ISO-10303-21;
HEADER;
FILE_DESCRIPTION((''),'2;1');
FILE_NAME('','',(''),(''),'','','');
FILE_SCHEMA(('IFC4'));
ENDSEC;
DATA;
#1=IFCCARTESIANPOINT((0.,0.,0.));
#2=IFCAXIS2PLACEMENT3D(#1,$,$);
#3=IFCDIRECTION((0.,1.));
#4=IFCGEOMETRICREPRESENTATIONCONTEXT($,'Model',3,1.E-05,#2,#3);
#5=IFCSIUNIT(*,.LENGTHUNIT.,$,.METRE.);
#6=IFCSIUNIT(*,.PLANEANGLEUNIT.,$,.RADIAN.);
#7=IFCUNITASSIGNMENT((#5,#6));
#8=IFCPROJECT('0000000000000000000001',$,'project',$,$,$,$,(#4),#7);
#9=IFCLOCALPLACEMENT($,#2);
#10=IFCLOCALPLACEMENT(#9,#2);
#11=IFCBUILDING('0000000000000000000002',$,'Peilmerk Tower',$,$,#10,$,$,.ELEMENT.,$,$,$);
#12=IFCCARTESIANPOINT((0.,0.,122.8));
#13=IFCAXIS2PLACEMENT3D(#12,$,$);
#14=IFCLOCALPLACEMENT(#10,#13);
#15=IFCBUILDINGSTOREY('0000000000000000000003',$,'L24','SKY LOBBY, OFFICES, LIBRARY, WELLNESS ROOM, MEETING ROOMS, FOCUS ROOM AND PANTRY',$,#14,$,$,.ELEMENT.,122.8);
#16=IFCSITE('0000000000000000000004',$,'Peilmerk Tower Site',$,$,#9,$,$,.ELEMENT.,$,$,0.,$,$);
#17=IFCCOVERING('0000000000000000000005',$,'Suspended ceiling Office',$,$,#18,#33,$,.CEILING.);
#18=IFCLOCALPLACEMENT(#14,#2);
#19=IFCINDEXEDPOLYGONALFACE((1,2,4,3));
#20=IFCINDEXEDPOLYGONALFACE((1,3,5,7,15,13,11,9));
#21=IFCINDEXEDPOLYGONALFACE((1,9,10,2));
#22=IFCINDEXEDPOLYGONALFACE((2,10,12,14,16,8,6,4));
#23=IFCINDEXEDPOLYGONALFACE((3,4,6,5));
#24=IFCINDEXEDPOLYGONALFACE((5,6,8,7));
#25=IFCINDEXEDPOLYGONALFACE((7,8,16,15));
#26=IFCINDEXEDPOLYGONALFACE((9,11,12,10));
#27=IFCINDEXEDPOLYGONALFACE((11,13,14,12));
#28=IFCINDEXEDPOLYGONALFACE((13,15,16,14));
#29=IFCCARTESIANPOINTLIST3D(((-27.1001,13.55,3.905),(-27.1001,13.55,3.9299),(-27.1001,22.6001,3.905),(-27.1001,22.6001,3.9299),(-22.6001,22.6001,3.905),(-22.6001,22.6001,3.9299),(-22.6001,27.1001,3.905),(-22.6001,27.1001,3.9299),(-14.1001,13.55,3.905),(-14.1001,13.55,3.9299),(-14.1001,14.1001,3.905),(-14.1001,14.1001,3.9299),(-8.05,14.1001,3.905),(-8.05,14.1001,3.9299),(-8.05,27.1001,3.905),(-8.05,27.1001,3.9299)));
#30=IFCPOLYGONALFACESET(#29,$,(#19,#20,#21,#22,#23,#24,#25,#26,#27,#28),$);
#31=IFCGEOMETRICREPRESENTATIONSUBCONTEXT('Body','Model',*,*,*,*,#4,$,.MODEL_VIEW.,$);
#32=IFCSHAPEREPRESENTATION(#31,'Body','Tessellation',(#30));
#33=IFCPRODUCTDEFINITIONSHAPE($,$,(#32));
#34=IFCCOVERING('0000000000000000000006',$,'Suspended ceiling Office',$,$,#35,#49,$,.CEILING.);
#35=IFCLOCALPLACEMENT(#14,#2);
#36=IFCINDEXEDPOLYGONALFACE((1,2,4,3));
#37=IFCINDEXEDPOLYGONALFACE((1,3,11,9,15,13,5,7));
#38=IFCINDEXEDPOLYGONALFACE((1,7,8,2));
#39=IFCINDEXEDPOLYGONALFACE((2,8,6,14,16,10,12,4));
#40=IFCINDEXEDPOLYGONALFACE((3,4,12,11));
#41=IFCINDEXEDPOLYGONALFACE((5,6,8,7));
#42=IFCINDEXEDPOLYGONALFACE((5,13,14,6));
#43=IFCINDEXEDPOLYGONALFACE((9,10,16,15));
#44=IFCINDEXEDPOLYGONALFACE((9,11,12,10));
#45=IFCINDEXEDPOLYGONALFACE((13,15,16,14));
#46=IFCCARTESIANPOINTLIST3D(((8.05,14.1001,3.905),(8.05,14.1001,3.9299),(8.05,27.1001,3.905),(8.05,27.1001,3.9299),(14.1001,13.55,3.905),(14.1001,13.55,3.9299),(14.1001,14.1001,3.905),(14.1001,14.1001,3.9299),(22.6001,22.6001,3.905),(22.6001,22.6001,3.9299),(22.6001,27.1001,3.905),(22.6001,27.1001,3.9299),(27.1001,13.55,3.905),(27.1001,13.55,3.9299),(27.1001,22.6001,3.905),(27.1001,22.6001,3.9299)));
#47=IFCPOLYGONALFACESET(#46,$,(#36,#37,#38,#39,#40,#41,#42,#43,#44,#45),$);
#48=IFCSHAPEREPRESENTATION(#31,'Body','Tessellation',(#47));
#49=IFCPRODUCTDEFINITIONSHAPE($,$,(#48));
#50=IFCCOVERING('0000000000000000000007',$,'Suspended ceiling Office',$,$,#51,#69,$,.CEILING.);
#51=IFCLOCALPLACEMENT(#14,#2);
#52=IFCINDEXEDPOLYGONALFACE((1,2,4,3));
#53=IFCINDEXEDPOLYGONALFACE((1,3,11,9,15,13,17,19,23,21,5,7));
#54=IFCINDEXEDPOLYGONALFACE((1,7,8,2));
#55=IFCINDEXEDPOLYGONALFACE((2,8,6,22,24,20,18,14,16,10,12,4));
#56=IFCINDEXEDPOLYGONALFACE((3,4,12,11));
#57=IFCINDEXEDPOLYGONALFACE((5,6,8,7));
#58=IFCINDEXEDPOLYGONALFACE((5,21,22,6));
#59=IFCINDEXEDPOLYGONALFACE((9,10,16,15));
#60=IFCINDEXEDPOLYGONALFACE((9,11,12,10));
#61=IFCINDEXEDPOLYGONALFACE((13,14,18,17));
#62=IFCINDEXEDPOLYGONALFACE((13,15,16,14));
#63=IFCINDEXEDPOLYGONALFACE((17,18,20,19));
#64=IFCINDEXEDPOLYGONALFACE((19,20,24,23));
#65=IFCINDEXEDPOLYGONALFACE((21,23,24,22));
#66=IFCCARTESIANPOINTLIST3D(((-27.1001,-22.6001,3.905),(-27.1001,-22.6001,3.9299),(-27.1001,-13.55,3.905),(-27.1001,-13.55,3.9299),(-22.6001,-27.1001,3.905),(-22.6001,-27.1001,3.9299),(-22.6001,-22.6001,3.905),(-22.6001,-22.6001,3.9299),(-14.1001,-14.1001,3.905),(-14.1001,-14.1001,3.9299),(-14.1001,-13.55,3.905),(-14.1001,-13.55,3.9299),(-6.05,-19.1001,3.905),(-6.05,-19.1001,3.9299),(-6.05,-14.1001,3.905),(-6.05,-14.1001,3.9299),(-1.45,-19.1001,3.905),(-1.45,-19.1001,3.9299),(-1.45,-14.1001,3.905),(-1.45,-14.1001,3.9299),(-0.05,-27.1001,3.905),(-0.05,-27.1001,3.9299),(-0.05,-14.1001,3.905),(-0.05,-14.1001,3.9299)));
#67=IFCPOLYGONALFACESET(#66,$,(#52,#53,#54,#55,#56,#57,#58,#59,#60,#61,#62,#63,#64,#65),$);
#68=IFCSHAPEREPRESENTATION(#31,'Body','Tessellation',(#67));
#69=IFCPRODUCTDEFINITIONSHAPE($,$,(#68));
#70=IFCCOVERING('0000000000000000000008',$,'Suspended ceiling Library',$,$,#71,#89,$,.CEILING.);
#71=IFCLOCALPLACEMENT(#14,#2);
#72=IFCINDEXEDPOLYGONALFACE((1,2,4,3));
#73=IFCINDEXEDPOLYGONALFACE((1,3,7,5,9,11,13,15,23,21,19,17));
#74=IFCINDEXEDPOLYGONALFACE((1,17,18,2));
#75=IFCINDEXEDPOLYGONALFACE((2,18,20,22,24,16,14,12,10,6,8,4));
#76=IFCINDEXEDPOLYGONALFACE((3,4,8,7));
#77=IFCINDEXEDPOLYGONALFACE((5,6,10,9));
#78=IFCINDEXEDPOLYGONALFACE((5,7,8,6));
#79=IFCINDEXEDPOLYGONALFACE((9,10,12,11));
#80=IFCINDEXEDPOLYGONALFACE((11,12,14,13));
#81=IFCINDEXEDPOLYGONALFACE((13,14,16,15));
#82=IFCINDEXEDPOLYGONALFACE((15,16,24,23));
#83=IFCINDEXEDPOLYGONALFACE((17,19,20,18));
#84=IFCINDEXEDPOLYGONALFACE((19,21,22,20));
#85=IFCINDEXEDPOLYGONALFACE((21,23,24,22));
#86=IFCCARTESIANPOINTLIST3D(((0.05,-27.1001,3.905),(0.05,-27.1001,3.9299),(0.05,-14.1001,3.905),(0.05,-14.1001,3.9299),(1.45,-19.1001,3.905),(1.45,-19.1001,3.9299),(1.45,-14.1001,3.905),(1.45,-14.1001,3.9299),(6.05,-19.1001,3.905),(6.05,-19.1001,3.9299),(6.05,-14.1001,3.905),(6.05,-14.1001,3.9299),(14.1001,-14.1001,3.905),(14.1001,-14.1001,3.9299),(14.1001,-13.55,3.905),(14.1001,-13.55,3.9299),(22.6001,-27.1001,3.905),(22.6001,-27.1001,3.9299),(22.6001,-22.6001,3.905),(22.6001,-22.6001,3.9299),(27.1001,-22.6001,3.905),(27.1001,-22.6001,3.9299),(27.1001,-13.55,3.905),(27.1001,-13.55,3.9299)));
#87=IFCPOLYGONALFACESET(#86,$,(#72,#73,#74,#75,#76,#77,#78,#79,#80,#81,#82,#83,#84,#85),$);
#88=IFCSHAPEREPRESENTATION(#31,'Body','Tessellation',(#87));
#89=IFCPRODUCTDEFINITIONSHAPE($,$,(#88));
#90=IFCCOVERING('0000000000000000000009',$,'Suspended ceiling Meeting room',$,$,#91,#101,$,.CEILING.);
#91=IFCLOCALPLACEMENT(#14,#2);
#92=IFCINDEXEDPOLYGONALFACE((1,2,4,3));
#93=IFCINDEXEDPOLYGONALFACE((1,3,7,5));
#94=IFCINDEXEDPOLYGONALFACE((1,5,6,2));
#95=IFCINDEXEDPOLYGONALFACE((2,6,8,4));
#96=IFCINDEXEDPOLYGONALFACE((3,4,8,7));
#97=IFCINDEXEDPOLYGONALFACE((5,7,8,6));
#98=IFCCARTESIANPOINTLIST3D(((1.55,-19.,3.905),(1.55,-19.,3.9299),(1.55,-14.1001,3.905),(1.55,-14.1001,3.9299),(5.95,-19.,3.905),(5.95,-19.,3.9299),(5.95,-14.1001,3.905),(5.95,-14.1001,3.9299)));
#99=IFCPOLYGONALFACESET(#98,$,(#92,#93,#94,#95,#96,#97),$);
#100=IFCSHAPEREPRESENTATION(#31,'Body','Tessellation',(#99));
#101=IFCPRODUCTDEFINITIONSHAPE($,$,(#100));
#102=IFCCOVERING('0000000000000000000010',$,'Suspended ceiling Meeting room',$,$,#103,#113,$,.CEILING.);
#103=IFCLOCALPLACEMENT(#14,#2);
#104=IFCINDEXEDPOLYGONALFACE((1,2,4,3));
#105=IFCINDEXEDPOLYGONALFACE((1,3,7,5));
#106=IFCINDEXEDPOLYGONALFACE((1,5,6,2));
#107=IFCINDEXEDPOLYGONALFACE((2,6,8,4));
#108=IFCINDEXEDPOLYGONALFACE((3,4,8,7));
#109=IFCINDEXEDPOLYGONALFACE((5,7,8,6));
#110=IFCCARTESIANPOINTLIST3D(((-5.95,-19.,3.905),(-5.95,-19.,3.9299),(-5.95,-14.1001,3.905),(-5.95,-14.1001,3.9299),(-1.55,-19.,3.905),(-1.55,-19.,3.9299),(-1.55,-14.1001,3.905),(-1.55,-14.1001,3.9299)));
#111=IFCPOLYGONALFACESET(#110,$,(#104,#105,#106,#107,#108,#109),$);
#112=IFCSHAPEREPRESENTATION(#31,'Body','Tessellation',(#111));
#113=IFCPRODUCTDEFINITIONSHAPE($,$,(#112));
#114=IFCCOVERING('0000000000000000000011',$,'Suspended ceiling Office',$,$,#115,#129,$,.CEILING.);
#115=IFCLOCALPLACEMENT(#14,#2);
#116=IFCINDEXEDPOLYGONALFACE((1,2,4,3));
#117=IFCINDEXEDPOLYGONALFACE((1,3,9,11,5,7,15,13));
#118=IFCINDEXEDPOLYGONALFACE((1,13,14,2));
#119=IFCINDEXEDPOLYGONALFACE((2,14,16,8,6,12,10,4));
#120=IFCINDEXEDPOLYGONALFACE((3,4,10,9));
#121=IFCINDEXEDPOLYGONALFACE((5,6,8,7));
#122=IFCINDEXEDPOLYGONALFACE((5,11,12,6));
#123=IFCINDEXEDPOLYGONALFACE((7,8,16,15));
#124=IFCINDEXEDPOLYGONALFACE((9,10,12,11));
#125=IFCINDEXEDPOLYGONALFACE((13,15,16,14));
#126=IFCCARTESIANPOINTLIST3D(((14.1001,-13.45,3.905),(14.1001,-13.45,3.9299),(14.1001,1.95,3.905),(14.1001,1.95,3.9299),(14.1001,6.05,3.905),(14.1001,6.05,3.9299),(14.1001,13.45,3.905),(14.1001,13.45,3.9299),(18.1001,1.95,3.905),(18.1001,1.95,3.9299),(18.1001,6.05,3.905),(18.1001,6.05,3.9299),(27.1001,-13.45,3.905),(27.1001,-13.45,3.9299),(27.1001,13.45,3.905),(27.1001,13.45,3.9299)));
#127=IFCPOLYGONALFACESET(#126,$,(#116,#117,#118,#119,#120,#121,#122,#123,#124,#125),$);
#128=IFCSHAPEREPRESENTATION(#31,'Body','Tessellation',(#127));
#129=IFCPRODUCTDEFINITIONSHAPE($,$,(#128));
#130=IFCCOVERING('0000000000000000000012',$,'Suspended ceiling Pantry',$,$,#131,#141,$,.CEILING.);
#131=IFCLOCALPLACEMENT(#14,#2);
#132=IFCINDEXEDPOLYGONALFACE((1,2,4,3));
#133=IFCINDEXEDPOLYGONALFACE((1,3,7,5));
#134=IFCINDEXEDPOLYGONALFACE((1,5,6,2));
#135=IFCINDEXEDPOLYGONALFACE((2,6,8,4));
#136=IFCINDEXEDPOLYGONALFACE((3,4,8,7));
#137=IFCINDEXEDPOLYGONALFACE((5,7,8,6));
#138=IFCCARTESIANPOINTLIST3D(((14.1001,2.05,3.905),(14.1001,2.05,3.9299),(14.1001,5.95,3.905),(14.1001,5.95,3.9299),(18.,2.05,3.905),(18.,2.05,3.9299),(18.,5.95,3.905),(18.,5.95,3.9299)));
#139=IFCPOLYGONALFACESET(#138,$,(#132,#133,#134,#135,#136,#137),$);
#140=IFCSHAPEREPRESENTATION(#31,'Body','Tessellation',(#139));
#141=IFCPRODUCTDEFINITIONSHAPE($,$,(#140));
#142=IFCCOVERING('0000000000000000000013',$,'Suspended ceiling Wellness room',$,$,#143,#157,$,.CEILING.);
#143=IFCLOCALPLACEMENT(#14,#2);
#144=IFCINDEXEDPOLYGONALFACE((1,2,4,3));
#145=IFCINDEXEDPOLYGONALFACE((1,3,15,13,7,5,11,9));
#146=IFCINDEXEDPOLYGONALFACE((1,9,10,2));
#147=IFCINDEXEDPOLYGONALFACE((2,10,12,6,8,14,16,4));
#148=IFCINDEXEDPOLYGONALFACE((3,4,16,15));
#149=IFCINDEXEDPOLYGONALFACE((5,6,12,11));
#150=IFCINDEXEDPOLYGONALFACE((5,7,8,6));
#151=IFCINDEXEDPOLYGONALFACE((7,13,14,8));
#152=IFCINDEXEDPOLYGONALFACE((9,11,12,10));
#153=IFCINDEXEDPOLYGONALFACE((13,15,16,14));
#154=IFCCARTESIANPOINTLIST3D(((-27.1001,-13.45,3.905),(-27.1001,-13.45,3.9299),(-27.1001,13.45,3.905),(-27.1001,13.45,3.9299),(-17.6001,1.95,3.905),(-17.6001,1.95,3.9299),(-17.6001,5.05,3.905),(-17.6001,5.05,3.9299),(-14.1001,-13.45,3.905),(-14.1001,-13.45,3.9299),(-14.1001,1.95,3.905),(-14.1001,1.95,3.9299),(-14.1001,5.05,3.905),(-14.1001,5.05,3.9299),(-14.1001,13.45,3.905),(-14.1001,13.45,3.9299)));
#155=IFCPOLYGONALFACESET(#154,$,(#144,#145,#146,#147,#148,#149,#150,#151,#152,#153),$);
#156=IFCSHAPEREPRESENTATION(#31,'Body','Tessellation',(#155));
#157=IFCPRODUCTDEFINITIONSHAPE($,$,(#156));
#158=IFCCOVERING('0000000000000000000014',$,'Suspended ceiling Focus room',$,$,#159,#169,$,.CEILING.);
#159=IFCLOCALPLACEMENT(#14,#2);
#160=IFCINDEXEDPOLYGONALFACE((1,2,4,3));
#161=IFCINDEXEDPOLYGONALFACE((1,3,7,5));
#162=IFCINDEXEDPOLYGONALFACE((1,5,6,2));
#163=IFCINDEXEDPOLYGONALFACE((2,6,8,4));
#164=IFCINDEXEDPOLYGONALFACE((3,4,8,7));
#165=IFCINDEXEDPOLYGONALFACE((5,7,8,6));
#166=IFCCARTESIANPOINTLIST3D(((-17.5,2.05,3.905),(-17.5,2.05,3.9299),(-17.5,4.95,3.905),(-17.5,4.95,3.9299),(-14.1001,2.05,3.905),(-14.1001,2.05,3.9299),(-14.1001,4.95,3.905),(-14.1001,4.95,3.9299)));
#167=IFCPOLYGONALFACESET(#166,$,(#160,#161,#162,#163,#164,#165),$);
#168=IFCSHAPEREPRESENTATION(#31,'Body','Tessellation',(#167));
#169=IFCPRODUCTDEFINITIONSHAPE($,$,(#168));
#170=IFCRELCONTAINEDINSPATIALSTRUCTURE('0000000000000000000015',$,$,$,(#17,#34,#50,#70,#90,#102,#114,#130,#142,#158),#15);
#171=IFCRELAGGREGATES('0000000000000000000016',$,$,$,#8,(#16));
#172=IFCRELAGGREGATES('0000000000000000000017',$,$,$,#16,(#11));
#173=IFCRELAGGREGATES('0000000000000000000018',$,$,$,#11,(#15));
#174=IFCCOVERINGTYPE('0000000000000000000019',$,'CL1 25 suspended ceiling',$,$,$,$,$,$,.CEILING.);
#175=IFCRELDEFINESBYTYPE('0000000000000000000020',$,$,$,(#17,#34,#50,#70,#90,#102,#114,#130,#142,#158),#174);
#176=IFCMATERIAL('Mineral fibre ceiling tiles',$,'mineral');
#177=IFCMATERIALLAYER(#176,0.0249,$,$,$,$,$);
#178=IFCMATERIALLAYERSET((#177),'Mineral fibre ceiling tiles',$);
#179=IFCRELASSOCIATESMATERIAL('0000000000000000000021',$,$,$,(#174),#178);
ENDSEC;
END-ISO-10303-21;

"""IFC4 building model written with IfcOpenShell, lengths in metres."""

from ifc_helpers import new_model, si_unit, direction, frame, origin, place, context, subcontext, project, spatial, polyline, outline, extrude, material, layer, layer_set, type_object, element, save


model = new_model("IFC4")

# Units and contexts
model_context = context("Model", 3, precision=1e-05, world=origin(), true_north=direction((0.0, 1.0)))
body_context = subcontext(model_context, "Body", "Model", "MODEL_VIEW")
ifc_project = project(units=[si_unit("LENGTHUNIT", "METRE"), si_unit("PLANEANGLEUNIT", "RADIAN")], contexts=[model_context])

# Site, building, storey
site_placement = place(None, origin())
site = spatial("IfcSite", under=ifc_project, at=site_placement, Name="Peilmerk Tower Site", CompositionType="ELEMENT", RefElevation=0.0)
building_placement = place(site_placement, origin())
building = spatial("IfcBuilding", under=site, at=building_placement, Name="Peilmerk Tower", CompositionType="ELEMENT")
storey_placement = place(building_placement, frame((0.0, 0.0, 122.8)))
storey = spatial("IfcBuildingStorey", under=building, at=storey_placement, Name="L24", Description="SKY LOBBY, OFFICES, LIBRARY, WELLNESS ROOM, MEETING ROOMS, FOCUS ROOM AND PANTRY", CompositionType="ELEMENT", Elevation=122.8)

# Coverings
ifc_material_1 = material(Name="Mineral fibre ceiling tiles", Category="mineral")
ifc_layer_1 = layer(ifc_material_1, 0.0249)
ifc_layer_set_1 = layer_set([ifc_layer_1], Name="Mineral fibre ceiling tiles")
covering_type = type_object("IfcCoveringType", Name="CL1 25 suspended ceiling", PredefinedType="CEILING", material=ifc_layer_set_1)
covering_1_placement = place(storey_placement, frame((0.0, 0.0, 3.905)))
element("IfcCovering", 1, at=covering_1_placement, inside=storey, type_object=covering_type, Name="Suspended ceiling Office", PredefinedType="CEILING", context=body_context, shape_type="SweptSolid", body=[
    extrude(outline(polyline([(-27.1001, 22.6001), (-27.1001, 13.55), (-14.1001, 13.55), (-14.1001, 14.1001), (-8.05, 14.1001), (-8.05, 27.1001), (-22.6001, 27.1001), (-22.6001, 22.6001), (-27.1001, 22.6001)])), origin(), (0.0, 0.0, 1.0), 0.0249),
])
covering_2_placement = place(storey_placement, frame((0.0, 0.0, 3.905)))
element("IfcCovering", 2, at=covering_2_placement, inside=storey, type_object=covering_type, Name="Suspended ceiling Office", PredefinedType="CEILING", context=body_context, shape_type="SweptSolid", body=[
    extrude(outline(polyline([(22.6001, 27.1001), (8.05, 27.1001), (8.05, 14.1001), (14.1001, 14.1001), (14.1001, 13.55), (27.1001, 13.55), (27.1001, 22.6001), (22.6001, 22.6001), (22.6001, 27.1001)])), origin(), (0.0, 0.0, 1.0), 0.0249),
])
covering_3_placement = place(storey_placement, frame((0.0, 0.0, 3.905)))
element("IfcCovering", 3, at=covering_3_placement, inside=storey, type_object=covering_type, Name="Suspended ceiling Office", PredefinedType="CEILING", context=body_context, shape_type="SweptSolid", body=[
    extrude(outline(polyline([(-22.6001, -22.6001), (-22.6001, -27.1001), (-0.05, -27.1001), (-0.05, -14.1001), (-1.45, -14.1001), (-1.45, -19.1001), (-6.05, -19.1001), (-6.05, -14.1001), (-14.1001, -14.1001), (-14.1001, -13.55), (-27.1001, -13.55), (-27.1001, -22.6001), (-22.6001, -22.6001)])), origin(), (0.0, 0.0, 1.0), 0.0249),
])
covering_4_placement = place(storey_placement, frame((0.0, 0.0, 3.905)))
element("IfcCovering", 4, at=covering_4_placement, inside=storey, type_object=covering_type, Name="Suspended ceiling Library", PredefinedType="CEILING", context=body_context, shape_type="SweptSolid", body=[
    extrude(outline(polyline([(0.05, -14.1001), (0.05, -27.1001), (22.6001, -27.1001), (22.6001, -22.6001), (27.1001, -22.6001), (27.1001, -13.55), (14.1001, -13.55), (14.1001, -14.1001), (6.05, -14.1001), (6.05, -19.1001), (1.45, -19.1001), (1.45, -14.1001), (0.05, -14.1001)])), origin(), (0.0, 0.0, 1.0), 0.0249),
])
covering_5_placement = place(storey_placement, frame((0.0, 0.0, 3.905)))
element("IfcCovering", 5, at=covering_5_placement, inside=storey, type_object=covering_type, Name="Suspended ceiling Meeting room", PredefinedType="CEILING", context=body_context, shape_type="SweptSolid", body=[
    extrude(outline(polyline([(5.95, -19.0), (5.95, -14.1001), (1.55, -14.1001), (1.55, -19.0), (5.95, -19.0)])), origin(), (0.0, 0.0, 1.0), 0.0249),
])
covering_6_placement = place(storey_placement, frame((0.0, 0.0, 3.905)))
element("IfcCovering", 6, at=covering_6_placement, inside=storey, type_object=covering_type, Name="Suspended ceiling Meeting room", PredefinedType="CEILING", context=body_context, shape_type="SweptSolid", body=[
    extrude(outline(polyline([(-1.55, -19.0), (-1.55, -14.1001), (-5.95, -14.1001), (-5.95, -19.0), (-1.55, -19.0)])), origin(), (0.0, 0.0, 1.0), 0.0249),
])
covering_7_placement = place(storey_placement, frame((0.0, 0.0, 3.905)))
element("IfcCovering", 7, at=covering_7_placement, inside=storey, type_object=covering_type, Name="Suspended ceiling Office", PredefinedType="CEILING", context=body_context, shape_type="SweptSolid", body=[
    extrude(outline(polyline([(14.1001, -13.45), (27.1001, -13.45), (27.1001, 13.45), (14.1001, 13.45), (14.1001, 6.05), (18.1001, 6.05), (18.1001, 1.95), (14.1001, 1.95), (14.1001, -13.45)])), origin(), (0.0, 0.0, 1.0), 0.0249),
])
covering_8_placement = place(storey_placement, frame((0.0, 0.0, 3.905)))
element("IfcCovering", 8, at=covering_8_placement, inside=storey, type_object=covering_type, Name="Suspended ceiling Pantry", PredefinedType="CEILING", context=body_context, shape_type="SweptSolid", body=[
    extrude(outline(polyline([(18.0, 2.05), (18.0, 5.95), (14.1001, 5.95), (14.1001, 2.05), (18.0, 2.05)])), origin(), (0.0, 0.0, 1.0), 0.0249),
])
covering_9_placement = place(storey_placement, frame((0.0, 0.0, 3.905)))
element("IfcCovering", 9, at=covering_9_placement, inside=storey, type_object=covering_type, Name="Suspended ceiling Wellness room", PredefinedType="CEILING", context=body_context, shape_type="SweptSolid", body=[
    extrude(outline(polyline([(-14.1001, 13.45), (-27.1001, 13.45), (-27.1001, -13.45), (-14.1001, -13.45), (-14.1001, 1.95), (-17.6001, 1.95), (-17.6001, 5.05), (-14.1001, 5.05), (-14.1001, 13.45)])), origin(), (0.0, 0.0, 1.0), 0.0249),
])
covering_10_placement = place(storey_placement, frame((0.0, 0.0, 3.905)))
element("IfcCovering", 10, at=covering_10_placement, inside=storey, type_object=covering_type, Name="Suspended ceiling Focus room", PredefinedType="CEILING", context=body_context, shape_type="SweptSolid", body=[
    extrude(outline(polyline([(-14.1001, 2.05), (-14.1001, 4.95), (-17.5, 4.95), (-17.5, 2.05), (-14.1001, 2.05)])), origin(), (0.0, 0.0, 1.0), 0.0249),
])

save(model, "model.ifc")
